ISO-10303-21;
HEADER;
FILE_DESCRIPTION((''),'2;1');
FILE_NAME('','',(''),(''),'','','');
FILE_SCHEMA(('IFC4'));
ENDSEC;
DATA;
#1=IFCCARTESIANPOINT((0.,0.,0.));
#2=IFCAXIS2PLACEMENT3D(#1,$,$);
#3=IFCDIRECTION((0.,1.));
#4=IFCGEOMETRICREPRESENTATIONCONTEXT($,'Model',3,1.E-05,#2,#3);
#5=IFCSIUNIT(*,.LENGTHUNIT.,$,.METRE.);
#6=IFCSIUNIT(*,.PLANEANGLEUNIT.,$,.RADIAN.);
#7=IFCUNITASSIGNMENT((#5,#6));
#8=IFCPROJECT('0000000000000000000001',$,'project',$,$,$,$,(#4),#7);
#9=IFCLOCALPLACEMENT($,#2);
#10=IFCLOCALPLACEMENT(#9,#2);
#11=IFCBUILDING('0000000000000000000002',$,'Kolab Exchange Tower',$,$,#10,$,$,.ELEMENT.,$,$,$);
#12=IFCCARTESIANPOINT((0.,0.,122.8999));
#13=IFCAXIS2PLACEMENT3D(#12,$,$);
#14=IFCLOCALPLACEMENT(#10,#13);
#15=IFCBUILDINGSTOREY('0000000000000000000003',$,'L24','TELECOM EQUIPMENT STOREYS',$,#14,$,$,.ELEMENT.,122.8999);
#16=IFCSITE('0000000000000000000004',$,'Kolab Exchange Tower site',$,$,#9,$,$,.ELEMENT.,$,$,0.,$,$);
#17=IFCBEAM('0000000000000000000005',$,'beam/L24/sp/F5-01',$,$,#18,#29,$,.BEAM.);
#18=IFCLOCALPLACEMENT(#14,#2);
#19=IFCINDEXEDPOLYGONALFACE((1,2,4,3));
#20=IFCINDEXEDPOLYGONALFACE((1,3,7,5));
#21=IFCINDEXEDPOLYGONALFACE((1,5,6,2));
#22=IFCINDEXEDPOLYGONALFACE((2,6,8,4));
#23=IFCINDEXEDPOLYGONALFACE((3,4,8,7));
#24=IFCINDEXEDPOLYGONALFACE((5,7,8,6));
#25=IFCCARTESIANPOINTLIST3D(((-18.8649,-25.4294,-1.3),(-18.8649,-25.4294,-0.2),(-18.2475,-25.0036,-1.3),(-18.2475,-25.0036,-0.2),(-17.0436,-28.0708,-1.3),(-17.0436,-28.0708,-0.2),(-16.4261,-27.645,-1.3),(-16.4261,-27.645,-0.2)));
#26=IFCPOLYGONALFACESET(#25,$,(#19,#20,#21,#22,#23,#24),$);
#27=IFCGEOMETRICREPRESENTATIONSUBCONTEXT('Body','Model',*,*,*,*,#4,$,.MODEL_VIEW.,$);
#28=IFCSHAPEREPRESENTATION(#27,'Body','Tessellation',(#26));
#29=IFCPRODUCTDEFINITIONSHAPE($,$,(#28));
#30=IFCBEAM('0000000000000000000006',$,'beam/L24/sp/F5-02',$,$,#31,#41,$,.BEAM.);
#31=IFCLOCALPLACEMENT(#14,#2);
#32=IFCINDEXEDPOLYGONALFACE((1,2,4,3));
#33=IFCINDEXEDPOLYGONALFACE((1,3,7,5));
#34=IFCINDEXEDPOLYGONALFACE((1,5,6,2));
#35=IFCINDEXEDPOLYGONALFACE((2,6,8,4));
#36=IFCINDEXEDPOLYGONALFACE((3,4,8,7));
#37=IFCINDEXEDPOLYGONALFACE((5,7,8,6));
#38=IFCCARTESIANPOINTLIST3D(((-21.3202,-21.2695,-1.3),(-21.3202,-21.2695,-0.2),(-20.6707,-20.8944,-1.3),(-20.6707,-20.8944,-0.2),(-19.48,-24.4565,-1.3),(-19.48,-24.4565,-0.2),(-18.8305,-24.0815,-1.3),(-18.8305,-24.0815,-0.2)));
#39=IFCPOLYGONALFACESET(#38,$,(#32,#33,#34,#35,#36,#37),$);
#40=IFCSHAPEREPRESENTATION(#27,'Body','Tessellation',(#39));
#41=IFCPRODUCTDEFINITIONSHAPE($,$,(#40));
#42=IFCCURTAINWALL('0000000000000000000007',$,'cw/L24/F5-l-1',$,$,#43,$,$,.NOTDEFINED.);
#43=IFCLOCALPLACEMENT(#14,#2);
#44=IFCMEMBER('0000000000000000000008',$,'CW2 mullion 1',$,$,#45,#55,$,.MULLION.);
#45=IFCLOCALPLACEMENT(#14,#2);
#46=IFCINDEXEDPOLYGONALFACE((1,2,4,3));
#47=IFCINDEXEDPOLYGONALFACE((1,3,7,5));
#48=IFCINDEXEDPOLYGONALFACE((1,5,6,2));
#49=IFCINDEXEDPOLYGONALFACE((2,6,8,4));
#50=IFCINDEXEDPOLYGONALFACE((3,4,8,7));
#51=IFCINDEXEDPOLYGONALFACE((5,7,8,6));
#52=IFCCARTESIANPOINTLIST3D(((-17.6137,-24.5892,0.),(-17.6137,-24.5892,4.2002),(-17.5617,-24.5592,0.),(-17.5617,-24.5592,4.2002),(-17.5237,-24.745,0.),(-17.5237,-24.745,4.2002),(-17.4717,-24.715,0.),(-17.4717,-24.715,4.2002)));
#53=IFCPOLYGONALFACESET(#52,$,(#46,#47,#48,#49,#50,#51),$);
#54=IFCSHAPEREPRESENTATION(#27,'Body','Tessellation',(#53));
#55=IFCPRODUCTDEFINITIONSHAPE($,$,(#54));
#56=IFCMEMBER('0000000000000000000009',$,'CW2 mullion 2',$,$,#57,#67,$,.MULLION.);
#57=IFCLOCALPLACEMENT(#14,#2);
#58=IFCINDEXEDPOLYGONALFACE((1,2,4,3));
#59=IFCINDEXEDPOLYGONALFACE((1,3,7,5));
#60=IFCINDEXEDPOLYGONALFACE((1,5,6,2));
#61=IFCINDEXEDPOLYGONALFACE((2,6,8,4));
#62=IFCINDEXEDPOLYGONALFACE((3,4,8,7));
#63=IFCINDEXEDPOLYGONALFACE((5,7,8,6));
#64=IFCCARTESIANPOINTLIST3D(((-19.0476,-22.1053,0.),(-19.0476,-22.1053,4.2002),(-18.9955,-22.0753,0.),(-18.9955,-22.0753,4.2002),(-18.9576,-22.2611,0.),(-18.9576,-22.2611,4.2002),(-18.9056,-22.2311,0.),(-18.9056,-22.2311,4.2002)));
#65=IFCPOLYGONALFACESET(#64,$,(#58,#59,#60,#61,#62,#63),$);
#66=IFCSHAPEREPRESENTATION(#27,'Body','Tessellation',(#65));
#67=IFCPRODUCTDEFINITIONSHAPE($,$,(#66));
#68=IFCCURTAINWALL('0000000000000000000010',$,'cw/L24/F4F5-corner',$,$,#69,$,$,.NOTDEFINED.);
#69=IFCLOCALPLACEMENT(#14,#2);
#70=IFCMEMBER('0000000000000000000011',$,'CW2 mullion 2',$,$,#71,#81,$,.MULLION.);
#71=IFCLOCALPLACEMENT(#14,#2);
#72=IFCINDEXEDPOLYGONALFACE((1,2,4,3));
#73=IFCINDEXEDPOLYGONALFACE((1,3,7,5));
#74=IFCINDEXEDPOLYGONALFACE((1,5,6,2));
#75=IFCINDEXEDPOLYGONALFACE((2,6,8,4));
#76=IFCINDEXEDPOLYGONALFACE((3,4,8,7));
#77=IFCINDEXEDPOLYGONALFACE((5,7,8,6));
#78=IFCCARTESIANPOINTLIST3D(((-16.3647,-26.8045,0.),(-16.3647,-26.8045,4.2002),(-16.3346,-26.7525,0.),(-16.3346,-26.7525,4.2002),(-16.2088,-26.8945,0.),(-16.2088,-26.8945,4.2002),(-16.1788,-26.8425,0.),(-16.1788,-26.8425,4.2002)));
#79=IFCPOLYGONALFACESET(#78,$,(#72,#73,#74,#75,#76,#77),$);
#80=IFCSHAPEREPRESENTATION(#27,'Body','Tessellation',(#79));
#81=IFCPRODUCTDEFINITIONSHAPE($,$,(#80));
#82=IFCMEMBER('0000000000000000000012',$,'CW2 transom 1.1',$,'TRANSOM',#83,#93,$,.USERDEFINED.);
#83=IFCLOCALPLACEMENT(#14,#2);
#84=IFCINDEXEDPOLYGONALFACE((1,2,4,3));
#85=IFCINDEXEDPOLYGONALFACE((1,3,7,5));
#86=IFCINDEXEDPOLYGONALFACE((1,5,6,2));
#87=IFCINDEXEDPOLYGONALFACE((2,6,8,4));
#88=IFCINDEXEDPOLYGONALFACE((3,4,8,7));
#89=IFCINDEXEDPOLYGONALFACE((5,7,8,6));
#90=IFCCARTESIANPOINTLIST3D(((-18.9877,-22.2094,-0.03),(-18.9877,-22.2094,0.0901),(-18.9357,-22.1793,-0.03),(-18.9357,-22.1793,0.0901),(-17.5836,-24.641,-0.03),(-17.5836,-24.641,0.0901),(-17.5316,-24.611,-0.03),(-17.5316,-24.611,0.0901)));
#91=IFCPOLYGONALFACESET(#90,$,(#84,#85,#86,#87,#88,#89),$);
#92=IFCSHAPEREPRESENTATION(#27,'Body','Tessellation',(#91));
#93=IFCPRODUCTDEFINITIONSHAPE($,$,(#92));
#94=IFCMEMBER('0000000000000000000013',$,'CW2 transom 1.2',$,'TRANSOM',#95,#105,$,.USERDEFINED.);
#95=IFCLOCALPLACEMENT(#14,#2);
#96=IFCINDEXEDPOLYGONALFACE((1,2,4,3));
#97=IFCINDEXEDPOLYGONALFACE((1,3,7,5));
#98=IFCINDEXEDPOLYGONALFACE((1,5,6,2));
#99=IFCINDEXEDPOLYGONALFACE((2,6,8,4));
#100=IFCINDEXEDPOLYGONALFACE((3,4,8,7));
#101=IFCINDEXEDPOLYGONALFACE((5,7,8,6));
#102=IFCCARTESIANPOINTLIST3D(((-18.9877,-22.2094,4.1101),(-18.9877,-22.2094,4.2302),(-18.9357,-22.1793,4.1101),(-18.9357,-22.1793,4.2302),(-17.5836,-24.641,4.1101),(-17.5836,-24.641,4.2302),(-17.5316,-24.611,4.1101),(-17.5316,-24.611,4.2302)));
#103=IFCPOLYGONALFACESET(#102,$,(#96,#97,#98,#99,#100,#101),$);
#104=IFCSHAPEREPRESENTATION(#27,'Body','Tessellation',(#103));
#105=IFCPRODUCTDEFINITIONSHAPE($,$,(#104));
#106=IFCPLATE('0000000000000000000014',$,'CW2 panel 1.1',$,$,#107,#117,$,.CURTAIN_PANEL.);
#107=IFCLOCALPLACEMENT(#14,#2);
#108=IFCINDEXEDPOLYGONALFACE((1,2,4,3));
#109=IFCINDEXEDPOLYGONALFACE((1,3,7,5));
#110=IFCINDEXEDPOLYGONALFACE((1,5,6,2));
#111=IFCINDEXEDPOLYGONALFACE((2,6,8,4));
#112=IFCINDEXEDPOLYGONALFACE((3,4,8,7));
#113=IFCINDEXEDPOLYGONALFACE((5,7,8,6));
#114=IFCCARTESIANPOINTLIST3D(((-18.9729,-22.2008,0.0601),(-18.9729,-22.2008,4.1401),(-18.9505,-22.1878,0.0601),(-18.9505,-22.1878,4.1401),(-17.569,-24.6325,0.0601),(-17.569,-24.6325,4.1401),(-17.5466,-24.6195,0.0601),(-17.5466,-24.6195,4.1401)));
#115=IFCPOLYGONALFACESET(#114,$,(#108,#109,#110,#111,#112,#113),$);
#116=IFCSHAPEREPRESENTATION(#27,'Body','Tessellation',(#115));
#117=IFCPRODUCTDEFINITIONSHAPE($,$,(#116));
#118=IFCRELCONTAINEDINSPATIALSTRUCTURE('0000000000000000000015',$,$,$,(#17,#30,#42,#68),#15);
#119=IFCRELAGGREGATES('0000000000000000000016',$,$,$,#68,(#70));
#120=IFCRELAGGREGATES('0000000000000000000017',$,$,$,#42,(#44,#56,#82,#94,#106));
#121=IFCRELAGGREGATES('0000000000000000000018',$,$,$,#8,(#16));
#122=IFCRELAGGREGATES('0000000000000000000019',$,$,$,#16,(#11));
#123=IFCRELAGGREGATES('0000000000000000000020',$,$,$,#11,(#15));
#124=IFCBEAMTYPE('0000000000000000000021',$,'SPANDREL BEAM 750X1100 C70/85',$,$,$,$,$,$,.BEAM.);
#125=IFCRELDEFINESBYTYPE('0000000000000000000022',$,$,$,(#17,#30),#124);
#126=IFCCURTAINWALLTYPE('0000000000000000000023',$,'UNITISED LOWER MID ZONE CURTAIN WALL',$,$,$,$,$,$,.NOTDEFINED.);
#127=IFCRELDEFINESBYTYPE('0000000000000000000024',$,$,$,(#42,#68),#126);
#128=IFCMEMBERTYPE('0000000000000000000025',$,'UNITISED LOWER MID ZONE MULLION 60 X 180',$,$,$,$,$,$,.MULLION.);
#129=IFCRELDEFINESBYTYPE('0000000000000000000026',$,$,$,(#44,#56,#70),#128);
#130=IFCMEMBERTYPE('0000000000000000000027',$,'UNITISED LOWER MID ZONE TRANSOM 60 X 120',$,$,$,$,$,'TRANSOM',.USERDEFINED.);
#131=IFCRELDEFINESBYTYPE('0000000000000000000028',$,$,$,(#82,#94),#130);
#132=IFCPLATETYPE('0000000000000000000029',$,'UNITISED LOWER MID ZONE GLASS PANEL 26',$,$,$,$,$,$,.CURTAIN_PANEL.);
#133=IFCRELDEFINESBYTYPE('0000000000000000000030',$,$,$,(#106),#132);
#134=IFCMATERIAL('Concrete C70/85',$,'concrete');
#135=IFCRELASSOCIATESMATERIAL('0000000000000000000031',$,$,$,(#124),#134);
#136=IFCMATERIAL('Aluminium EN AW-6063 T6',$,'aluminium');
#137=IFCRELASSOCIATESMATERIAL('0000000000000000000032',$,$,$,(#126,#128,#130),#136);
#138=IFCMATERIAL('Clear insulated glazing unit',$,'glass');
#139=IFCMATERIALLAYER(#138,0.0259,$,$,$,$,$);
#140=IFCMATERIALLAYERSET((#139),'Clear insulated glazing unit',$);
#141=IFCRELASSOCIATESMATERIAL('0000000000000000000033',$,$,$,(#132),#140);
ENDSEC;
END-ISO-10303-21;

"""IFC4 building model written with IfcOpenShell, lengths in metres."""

from ifc_helpers import new_model, si_unit, direction, frame, origin, origin_2d, place, context, subcontext, project, spatial, rectangle, extrude, material, layer, layer_set, material_profile, profile_set, type_object, element, aggregate, save


model = new_model("IFC4")

# Units and contexts
model_context = context("Model", 3, precision=1e-05, world=origin(), true_north=direction((0.0, 1.0)))
body_context = subcontext(model_context, "Body", "Model", "MODEL_VIEW")
ifc_project = project(units=[si_unit("LENGTHUNIT", "METRE"), si_unit("PLANEANGLEUNIT", "RADIAN")], contexts=[model_context])

# Site, building, storey
site_placement = place(None, origin())
site = spatial("IfcSite", under=ifc_project, at=site_placement, Name="Kolab Exchange Tower site", CompositionType="ELEMENT", RefElevation=0.0)
building_placement = place(site_placement, origin())
building = spatial("IfcBuilding", under=site, at=building_placement, Name="Kolab Exchange Tower", CompositionType="ELEMENT")
storey_placement = place(building_placement, frame((0.0, 0.0, 122.8999)))
storey = spatial("IfcBuildingStorey", under=building, at=storey_placement, Name="L24", Description="TELECOM EQUIPMENT STOREYS", CompositionType="ELEMENT", Elevation=122.8999)

# Shared definitions
ifc_material_1 = material(Name="Concrete C70/85", Category="concrete")

# Beams
ifc_material_profile_1 = material_profile(ifc_material_1, rectangle(XDim=0.75, YDim=1.1001, at=origin_2d()), Name="RC750X1100")
ifc_profile_set_1 = profile_set([ifc_material_profile_1], Name="Concrete C70/85")
beam_type_1 = type_object("IfcBeamType", Name="SPANDREL BEAM 750X1100 C70/85", PredefinedType="BEAM", material=ifc_profile_set_1)
beam_1_placement = place(storey_placement, frame((-16.7349, -27.8579, -0.75), z_axis=(-0.567662, 0.823262, 0.0), x_axis=(-0.823262, -0.567662, 0.0)))
element("IfcBeam", 1, at=beam_1_placement, inside=storey, type_object=beam_type_1, Name="beam/L24/sp/F5-01", PredefinedType="BEAM", context=body_context, shape_type="SweptSolid", body=[
    extrude(rectangle(XDim=0.75, YDim=1.1001, at=origin_2d()), origin(), (0.0, 0.0, 1.0), 3.2085),
])
beam_2_placement = place(storey_placement, frame((-19.1553, -24.269, -0.75), z_axis=(-0.500013, 0.866018, 0.0), x_axis=(-0.866018, -0.500013, 0.0)))
element("IfcBeam", 2, at=beam_2_placement, inside=storey, type_object=beam_type_1, Name="beam/L24/sp/F5-02", PredefinedType="BEAM", context=body_context, shape_type="SweptSolid", body=[
    extrude(rectangle(XDim=0.75, YDim=1.1001, at=origin_2d()), origin(), (0.0, 0.0, 1.0), 3.6802),
])

# Curtain wall, members
ifc_material_2 = material(Name="Aluminium EN AW-6063 T6", Category="aluminium")
curtain_wall_type = type_object("IfcCurtainWallType", Name="UNITISED LOWER MID ZONE CURTAIN WALL", PredefinedType="NOTDEFINED", material=ifc_material_2)
curtain_wall_1_placement = place(storey_placement, origin())
curtain_wall_1 = element("IfcCurtainWall", 3, at=curtain_wall_1_placement, inside=storey, type_object=curtain_wall_type, Name="cw/L24/F5-l-1", PredefinedType="NOTDEFINED")
ifc_material_profile_2 = material_profile(ifc_material_2, rectangle(XDim=0.0601, YDim=0.1799, at=origin_2d()), Name="RECT 60X180")
ifc_profile_set_2 = profile_set([ifc_material_profile_2], Name="Aluminium EN AW-6063 T6")
member_type_1 = type_object("IfcMemberType", Name="UNITISED LOWER MID ZONE MULLION 60 X 180", PredefinedType="MULLION", material=ifc_profile_set_2)
member_1_placement = place(storey_placement, frame((-17.5427, -24.6521, 0.0), z_axis=(0.0, 0.0, 1.0), x_axis=(-0.866025, -0.5, 0.0)))
member_1 = element("IfcMember", 4, at=member_1_placement, type_object=member_type_1, Name="CW2 mullion 1", PredefinedType="MULLION", context=body_context, shape_type="SweptSolid", body=[
    extrude(rectangle(XDim=0.0601, YDim=0.1799, at=origin_2d()), origin(), (0.0, 0.0, 1.0), 4.2002),
])
member_2_placement = place(storey_placement, frame((-18.9766, -22.1682, 0.0), z_axis=(0.0, 0.0, 1.0), x_axis=(-0.866025, -0.5, 0.0)))
member_2 = element("IfcMember", 5, at=member_2_placement, type_object=member_type_1, Name="CW2 mullion 2", PredefinedType="MULLION", context=body_context, shape_type="SweptSolid", body=[
    extrude(rectangle(XDim=0.0601, YDim=0.1799, at=origin_2d()), origin(), (0.0, 0.0, 1.0), 4.2002),
])

# Curtain wall, member
curtain_wall_2_placement = place(storey_placement, origin())
curtain_wall_2 = element("IfcCurtainWall", 6, at=curtain_wall_2_placement, inside=storey, type_object=curtain_wall_type, Name="cw/L24/F4F5-corner", PredefinedType="NOTDEFINED")
member_3_placement = place(storey_placement, frame((-16.2717, -26.8235, 0.0), z_axis=(0.0, 0.0, 1.0), x_axis=(-0.5, -0.866025, 0.0)))
member_3 = element("IfcMember", 7, at=member_3_placement, type_object=member_type_1, Name="CW2 mullion 2", PredefinedType="MULLION", context=body_context, shape_type="SweptSolid", body=[
    extrude(rectangle(XDim=0.0601, YDim=0.1799, at=origin_2d()), origin(), (0.0, 0.0, 1.0), 4.2002),
])
aggregate(curtain_wall_2, [member_3])

# Members
ifc_material_profile_3 = material_profile(ifc_material_2, rectangle(XDim=0.0601, YDim=0.1201, at=origin_2d()), Name="RECT 60X120")
ifc_profile_set_3 = profile_set([ifc_material_profile_3], Name="Aluminium EN AW-6063 T6")
member_type_2 = type_object("IfcMemberType", Name="UNITISED LOWER MID ZONE TRANSOM 60 X 120", ElementType="TRANSOM", PredefinedType="USERDEFINED", material=ifc_profile_set_3)
member_4_placement = place(storey_placement, frame((-17.5576, -24.626, 0.03), z_axis=(-0.500039, 0.866003, 0.0), x_axis=(-0.866003, -0.500039, 0.0)))
member_4 = element("IfcMember", 8, at=member_4_placement, type_object=member_type_2, Name="CW2 transom 1.1", ObjectType="TRANSOM", PredefinedType="USERDEFINED", context=body_context, shape_type="SweptSolid", body=[
    extrude(rectangle(XDim=0.0601, YDim=0.1201, at=origin_2d()), origin(), (0.0, 0.0, 1.0), 2.8079),
])
member_5_placement = place(storey_placement, frame((-17.5576, -24.626, 4.1702), z_axis=(-0.500039, 0.866003, 0.0), x_axis=(-0.866003, -0.500039, 0.0)))
member_5 = element("IfcMember", 9, at=member_5_placement, type_object=member_type_2, Name="CW2 transom 1.2", ObjectType="TRANSOM", PredefinedType="USERDEFINED", context=body_context, shape_type="SweptSolid", body=[
    extrude(rectangle(XDim=0.0601, YDim=0.1201, at=origin_2d()), origin(), (0.0, 0.0, 1.0), 2.8079),
])

# Plate
ifc_material_3 = material(Name="Clear insulated glazing unit", Category="glass")
ifc_layer_1 = layer(ifc_material_3, 0.0259)
ifc_layer_set_1 = layer_set([ifc_layer_1], Name="Clear insulated glazing unit")
plate_type = type_object("IfcPlateType", Name="UNITISED LOWER MID ZONE GLASS PANEL 26", PredefinedType="CURTAIN_PANEL", material=ifc_layer_set_1)
plate_placement = place(storey_placement, frame((-18.2598, -23.4102, 0.0601), z_axis=(0.0, 0.0, 1.0), x_axis=(-0.5, 0.866025, 0.0)))
plate = element("IfcPlate", 10, at=plate_placement, type_object=plate_type, Name="CW2 panel 1.1", PredefinedType="CURTAIN_PANEL", context=body_context, shape_type="SweptSolid", body=[
    extrude(rectangle(XDim=2.8079, YDim=0.0259, at=origin_2d()), origin(), (0.0, 0.0, 1.0), 4.0801),
])
aggregate(curtain_wall_1, [member_1, member_2, member_4, member_5, plate])

save(model, "model.ifc")
